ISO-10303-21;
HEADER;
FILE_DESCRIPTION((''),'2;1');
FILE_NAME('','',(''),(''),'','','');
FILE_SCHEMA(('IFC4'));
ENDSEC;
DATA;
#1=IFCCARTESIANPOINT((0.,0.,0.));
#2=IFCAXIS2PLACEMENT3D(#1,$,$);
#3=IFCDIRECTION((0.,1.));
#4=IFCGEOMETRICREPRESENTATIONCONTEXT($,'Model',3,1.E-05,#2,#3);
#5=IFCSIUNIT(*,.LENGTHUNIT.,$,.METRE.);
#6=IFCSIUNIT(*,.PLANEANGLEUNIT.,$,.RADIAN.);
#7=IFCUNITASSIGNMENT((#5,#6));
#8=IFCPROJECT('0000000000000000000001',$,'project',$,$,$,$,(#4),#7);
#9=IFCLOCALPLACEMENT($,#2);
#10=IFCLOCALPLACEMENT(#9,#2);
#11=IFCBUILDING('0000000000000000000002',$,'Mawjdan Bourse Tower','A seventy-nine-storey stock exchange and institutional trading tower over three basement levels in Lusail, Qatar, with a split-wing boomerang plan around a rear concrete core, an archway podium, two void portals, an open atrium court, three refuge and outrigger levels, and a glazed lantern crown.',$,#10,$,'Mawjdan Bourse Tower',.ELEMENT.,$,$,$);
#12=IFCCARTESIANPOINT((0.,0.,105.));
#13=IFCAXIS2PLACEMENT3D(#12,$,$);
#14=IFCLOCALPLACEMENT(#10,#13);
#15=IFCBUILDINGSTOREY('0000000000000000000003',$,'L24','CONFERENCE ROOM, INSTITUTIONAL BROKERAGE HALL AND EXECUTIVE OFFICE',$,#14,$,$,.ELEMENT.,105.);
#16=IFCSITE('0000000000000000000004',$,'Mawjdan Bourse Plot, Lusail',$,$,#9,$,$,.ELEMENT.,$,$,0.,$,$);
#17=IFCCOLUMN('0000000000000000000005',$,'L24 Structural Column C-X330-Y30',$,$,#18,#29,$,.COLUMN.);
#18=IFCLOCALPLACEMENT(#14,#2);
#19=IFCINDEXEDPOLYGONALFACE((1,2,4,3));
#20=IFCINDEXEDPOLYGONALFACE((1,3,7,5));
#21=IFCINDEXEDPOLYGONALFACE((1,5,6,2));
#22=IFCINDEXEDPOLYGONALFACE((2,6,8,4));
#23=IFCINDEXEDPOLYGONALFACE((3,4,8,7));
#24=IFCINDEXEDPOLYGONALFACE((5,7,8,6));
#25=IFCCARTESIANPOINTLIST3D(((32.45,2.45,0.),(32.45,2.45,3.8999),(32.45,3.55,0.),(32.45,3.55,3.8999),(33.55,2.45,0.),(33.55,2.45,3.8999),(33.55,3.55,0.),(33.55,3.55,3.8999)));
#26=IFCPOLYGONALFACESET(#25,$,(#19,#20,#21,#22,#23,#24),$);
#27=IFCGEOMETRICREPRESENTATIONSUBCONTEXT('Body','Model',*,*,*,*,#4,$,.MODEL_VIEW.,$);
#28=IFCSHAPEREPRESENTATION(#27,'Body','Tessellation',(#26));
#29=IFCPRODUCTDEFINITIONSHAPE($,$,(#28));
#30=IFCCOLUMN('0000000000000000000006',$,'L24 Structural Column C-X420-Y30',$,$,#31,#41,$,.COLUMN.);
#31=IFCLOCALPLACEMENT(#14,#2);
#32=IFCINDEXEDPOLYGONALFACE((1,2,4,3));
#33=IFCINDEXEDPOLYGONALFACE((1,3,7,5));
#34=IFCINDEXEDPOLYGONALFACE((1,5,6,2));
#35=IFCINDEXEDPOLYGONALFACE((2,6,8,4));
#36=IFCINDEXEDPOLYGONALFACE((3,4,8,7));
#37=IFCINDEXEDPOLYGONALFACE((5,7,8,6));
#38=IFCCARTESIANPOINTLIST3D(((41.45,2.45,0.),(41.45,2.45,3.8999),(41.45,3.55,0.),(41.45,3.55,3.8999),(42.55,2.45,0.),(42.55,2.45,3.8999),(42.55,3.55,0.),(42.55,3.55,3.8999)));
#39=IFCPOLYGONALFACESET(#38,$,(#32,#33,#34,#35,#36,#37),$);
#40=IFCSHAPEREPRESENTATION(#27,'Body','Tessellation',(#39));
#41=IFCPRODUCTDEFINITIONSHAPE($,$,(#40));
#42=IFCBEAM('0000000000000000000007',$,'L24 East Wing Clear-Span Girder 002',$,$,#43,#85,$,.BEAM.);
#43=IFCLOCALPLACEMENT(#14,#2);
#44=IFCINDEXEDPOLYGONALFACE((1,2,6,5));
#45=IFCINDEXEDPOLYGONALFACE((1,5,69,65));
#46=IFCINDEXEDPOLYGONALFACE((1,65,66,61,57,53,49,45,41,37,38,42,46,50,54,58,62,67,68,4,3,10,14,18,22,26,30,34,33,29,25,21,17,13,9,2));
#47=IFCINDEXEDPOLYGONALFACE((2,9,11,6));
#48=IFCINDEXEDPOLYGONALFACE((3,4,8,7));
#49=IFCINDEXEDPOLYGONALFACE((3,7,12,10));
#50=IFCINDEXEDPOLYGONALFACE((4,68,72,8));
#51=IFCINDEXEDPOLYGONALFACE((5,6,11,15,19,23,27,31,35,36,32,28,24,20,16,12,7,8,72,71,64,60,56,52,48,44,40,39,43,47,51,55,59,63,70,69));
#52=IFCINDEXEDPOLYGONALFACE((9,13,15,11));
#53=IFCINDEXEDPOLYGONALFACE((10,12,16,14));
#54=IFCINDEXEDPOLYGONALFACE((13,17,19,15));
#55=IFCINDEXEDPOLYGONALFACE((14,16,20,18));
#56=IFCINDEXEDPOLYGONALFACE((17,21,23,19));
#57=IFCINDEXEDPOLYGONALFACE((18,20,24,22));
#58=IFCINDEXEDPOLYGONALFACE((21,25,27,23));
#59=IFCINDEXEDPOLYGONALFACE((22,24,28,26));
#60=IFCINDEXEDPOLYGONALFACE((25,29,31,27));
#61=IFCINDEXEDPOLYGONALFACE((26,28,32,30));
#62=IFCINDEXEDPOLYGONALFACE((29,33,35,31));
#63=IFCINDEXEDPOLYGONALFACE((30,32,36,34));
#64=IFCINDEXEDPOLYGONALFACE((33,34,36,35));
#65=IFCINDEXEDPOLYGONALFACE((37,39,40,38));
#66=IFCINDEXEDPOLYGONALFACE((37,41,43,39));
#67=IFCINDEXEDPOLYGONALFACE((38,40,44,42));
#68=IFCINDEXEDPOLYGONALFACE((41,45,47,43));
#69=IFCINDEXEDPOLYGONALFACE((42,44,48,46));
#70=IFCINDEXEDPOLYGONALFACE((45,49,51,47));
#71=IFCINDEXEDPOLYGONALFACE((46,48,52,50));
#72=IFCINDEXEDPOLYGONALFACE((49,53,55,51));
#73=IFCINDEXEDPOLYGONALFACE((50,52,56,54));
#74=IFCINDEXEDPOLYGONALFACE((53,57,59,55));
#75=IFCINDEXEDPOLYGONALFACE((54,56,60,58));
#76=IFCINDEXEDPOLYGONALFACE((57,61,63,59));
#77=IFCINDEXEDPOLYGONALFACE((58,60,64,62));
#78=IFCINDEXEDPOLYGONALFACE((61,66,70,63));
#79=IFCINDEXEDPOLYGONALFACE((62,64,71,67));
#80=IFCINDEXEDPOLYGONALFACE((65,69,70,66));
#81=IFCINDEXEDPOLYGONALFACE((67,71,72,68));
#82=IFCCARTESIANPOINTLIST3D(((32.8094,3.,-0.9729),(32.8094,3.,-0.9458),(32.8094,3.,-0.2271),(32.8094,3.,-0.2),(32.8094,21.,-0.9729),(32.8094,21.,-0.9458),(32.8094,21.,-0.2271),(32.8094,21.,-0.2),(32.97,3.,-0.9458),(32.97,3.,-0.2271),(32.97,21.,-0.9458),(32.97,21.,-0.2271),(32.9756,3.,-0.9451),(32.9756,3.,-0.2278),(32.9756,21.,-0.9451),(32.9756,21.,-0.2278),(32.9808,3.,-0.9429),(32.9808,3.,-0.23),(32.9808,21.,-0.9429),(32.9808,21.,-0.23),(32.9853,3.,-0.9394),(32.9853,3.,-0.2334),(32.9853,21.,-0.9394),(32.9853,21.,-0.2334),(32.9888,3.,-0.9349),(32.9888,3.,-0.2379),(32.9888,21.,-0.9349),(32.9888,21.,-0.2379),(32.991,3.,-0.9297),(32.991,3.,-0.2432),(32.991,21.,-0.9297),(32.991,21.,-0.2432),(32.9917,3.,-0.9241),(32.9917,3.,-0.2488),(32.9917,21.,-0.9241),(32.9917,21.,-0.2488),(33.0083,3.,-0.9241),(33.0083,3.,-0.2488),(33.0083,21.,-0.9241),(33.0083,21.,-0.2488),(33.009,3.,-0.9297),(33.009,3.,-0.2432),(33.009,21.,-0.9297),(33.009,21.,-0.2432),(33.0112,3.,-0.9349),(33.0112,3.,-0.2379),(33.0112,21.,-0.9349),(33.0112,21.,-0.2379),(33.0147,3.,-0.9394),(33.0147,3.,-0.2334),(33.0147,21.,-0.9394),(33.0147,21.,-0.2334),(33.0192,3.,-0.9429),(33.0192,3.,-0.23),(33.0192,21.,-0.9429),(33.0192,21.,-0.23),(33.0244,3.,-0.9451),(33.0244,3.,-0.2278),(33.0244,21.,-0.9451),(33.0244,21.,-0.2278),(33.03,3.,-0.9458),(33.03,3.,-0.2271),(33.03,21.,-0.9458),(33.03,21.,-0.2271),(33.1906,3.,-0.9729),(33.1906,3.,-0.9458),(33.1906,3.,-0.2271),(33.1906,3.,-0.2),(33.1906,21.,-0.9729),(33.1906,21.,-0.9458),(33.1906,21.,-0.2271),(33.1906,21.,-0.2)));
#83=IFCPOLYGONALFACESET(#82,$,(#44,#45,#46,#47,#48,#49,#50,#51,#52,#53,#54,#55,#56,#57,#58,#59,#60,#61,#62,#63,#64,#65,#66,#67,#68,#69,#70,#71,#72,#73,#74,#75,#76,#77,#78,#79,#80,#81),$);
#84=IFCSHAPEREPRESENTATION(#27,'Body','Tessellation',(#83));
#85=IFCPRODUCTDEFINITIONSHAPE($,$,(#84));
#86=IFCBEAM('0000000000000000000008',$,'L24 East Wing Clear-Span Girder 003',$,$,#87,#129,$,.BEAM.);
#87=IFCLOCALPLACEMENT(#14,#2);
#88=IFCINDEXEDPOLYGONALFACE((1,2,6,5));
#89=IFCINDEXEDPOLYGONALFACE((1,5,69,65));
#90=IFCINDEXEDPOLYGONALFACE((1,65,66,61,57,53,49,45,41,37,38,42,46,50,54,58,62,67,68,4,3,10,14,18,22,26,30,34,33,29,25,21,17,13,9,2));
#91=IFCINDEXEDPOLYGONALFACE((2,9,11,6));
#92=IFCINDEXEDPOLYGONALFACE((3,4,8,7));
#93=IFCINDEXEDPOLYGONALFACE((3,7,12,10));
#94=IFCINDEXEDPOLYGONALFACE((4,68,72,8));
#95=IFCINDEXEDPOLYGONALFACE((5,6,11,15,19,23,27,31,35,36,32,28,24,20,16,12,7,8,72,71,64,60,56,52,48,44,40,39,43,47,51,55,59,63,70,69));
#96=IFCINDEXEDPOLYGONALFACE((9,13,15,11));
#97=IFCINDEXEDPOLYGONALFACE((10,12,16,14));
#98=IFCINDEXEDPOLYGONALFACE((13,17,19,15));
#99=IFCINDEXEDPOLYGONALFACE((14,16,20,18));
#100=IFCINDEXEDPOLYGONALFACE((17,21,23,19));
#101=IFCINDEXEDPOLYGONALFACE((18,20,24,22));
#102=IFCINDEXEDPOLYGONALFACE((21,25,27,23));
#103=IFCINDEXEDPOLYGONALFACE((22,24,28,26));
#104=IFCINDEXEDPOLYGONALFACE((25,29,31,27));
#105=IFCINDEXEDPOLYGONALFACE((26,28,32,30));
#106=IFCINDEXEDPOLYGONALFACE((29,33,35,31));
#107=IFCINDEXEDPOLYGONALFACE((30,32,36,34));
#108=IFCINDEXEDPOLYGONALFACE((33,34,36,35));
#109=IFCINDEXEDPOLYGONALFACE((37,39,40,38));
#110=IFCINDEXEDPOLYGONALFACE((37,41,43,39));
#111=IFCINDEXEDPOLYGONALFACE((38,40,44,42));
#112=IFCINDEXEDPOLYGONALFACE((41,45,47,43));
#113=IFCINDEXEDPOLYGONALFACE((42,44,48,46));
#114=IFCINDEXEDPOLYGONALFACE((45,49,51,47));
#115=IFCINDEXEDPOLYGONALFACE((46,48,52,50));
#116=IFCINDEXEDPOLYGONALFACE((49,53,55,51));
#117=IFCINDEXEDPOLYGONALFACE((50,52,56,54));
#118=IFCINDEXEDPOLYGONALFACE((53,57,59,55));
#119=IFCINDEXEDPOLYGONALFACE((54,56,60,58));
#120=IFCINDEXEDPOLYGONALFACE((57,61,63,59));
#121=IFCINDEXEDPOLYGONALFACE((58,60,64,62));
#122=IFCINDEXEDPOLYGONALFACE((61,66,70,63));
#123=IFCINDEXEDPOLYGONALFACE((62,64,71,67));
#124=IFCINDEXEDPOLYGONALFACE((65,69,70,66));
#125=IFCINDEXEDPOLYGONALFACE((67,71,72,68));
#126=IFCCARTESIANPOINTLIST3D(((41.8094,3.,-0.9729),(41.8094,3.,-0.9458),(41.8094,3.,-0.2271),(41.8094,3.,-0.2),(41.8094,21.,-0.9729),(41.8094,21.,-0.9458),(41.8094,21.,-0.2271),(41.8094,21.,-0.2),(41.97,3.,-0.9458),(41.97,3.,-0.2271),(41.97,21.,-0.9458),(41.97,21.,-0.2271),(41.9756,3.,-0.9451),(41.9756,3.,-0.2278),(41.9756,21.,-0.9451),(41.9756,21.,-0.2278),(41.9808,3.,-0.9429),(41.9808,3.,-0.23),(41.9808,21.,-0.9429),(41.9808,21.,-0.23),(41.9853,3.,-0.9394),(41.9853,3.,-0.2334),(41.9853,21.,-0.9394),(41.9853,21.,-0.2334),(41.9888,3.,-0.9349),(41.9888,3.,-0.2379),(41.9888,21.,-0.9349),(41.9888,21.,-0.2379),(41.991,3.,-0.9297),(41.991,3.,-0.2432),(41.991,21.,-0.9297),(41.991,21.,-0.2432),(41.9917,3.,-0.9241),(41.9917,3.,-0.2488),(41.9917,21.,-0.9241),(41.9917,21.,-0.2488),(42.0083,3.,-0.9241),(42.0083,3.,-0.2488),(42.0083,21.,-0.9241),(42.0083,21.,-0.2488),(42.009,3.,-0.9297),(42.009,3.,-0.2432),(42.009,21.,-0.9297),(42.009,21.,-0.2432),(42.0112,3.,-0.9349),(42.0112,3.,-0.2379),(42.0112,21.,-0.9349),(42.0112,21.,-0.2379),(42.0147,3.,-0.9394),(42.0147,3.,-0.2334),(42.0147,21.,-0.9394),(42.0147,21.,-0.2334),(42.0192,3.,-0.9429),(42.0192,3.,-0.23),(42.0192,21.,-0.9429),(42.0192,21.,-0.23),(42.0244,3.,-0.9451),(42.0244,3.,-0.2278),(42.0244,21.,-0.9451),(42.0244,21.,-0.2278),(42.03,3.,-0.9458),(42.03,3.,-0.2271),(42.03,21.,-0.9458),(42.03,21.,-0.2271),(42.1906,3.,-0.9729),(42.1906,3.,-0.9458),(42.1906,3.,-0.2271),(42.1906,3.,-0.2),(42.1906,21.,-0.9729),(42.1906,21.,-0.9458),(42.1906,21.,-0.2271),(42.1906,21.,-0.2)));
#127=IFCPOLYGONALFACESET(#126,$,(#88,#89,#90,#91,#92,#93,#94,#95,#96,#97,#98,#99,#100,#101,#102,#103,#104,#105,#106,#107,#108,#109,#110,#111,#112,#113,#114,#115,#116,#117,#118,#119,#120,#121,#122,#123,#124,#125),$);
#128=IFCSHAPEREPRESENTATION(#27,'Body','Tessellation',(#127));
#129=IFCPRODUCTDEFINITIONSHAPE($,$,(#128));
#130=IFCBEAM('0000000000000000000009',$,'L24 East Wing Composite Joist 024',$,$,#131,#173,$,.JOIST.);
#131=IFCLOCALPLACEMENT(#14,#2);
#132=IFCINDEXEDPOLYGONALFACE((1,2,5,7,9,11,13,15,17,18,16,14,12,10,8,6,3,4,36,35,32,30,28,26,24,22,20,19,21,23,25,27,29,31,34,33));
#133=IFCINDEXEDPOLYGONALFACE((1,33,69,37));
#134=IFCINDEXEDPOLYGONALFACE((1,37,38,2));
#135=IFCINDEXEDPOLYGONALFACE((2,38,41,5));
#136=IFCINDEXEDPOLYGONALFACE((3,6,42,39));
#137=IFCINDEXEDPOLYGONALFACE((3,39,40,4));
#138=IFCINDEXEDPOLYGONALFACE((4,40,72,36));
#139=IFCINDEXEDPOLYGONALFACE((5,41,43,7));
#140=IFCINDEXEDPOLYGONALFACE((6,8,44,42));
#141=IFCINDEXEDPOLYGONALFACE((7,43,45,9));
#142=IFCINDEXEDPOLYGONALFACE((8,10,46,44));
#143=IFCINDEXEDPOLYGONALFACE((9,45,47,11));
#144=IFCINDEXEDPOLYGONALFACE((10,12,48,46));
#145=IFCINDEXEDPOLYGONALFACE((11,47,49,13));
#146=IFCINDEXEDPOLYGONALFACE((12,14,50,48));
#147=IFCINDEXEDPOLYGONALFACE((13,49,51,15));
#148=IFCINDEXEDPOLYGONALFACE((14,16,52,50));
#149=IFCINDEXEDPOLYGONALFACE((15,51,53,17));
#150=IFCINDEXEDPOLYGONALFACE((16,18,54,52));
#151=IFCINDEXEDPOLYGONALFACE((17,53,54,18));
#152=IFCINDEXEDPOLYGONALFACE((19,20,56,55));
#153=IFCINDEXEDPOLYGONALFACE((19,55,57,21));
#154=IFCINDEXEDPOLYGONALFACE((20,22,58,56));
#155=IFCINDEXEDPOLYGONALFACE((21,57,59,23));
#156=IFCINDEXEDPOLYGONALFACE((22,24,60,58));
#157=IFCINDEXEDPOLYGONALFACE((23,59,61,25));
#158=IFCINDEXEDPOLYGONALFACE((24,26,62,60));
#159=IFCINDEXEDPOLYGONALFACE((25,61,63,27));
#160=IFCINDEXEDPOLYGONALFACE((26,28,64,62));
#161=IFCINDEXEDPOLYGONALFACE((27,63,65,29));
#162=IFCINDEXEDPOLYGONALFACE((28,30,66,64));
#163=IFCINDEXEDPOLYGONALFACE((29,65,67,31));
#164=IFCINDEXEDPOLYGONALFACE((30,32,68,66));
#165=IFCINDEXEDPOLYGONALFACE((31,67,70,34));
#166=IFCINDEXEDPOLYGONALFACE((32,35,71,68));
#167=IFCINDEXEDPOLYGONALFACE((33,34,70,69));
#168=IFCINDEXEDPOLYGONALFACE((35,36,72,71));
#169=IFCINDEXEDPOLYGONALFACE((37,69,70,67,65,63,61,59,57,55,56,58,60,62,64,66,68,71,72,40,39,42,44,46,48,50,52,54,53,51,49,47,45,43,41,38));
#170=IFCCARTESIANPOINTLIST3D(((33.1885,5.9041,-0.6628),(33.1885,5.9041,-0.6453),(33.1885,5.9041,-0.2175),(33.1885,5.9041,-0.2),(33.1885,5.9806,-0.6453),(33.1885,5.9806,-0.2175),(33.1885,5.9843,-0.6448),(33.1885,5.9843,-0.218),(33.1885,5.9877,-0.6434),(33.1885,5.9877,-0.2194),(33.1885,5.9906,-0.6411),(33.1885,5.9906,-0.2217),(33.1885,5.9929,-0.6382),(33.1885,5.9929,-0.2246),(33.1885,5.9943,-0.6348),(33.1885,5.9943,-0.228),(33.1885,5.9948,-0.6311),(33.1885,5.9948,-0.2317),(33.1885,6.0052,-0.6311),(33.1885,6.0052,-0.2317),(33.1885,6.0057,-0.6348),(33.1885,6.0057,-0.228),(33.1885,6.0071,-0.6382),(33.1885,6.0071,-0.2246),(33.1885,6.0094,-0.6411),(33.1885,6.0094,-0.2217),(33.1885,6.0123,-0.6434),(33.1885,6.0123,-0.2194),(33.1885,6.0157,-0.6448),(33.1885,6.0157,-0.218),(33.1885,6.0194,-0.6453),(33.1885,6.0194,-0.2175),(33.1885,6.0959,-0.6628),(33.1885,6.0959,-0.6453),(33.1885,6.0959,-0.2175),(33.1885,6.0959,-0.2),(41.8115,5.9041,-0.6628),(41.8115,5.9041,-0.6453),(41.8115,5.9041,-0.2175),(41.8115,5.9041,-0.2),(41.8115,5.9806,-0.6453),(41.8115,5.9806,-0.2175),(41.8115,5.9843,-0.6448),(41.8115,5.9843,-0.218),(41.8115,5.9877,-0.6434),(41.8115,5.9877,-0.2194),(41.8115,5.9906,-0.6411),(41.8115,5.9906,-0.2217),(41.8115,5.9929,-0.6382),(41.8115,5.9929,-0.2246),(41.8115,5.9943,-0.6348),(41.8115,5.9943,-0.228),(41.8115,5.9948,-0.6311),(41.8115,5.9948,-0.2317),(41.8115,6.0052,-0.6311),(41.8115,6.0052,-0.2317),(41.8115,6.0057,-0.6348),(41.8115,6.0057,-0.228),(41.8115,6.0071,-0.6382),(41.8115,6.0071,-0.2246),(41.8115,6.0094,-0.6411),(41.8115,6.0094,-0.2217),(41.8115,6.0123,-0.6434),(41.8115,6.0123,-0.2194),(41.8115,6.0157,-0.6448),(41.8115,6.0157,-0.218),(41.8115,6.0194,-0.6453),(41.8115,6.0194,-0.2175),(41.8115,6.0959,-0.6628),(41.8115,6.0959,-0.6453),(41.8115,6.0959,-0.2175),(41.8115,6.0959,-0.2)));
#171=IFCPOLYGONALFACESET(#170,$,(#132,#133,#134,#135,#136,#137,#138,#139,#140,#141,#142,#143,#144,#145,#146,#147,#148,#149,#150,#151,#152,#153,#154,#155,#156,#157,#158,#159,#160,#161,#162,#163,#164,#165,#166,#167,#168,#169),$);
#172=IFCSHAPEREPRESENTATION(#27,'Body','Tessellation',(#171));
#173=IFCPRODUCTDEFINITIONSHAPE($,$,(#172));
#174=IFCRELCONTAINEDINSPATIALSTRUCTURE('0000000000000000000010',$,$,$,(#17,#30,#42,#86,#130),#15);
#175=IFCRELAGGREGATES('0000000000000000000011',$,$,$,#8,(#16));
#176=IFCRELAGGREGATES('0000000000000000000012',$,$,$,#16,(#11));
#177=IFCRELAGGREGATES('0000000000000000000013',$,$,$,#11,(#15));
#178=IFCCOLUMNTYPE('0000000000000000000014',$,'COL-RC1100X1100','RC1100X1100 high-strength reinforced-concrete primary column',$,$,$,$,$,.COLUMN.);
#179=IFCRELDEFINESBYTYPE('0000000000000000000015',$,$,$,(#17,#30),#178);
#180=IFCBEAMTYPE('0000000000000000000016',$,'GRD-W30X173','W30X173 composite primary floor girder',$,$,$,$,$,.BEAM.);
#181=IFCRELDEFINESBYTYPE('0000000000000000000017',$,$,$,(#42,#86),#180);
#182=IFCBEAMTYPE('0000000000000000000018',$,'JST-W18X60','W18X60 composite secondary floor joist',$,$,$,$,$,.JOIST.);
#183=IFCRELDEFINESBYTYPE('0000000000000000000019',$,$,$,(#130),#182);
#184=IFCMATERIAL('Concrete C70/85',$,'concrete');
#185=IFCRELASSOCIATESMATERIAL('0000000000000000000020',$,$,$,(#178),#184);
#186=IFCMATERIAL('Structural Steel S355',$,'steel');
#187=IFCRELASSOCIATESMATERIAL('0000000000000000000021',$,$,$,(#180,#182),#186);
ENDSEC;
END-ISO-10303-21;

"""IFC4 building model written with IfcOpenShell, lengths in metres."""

from ifc_helpers import new_model, si_unit, direction, frame, origin, origin_2d, place, context, subcontext, project, spatial, rectangle, i_section, extrude, material, material_profile, profile_set, type_object, element, save


model = new_model("IFC4")

# Units and contexts
model_context = context("Model", 3, precision=1e-05, world=origin(), true_north=direction((0.0, 1.0)))
body_context = subcontext(model_context, "Body", "Model", "MODEL_VIEW")
ifc_project = project(units=[si_unit("LENGTHUNIT", "METRE"), si_unit("PLANEANGLEUNIT", "RADIAN")], contexts=[model_context])

# Site, building, storey
site_placement = place(None, origin())
site = spatial("IfcSite", under=ifc_project, at=site_placement, Name="Mawjdan Bourse Plot, Lusail", CompositionType="ELEMENT", RefElevation=0.0)
building_placement = place(site_placement, origin())
building = spatial("IfcBuilding", under=site, at=building_placement, Name="Mawjdan Bourse Tower", Description="A seventy-nine-storey stock exchange and institutional trading tower over three basement levels in Lusail, Qatar, with a split-wing boomerang plan around a rear concrete core, an archway podium, two void portals, an open atrium court, three refuge and outrigger levels, and a glazed lantern crown.", LongName="Mawjdan Bourse Tower", CompositionType="ELEMENT")
storey_placement = place(building_placement, frame((0.0, 0.0, 105.0)))
storey = spatial("IfcBuildingStorey", under=building, at=storey_placement, Name="L24", Description="CONFERENCE ROOM, INSTITUTIONAL BROKERAGE HALL AND EXECUTIVE OFFICE", CompositionType="ELEMENT", Elevation=105.0)

# Columns
ifc_material_1 = material(Name="Concrete C70/85", Category="concrete")
ifc_material_profile_1 = material_profile(ifc_material_1, rectangle(XDim=1.1001, YDim=1.1001, at=origin_2d()), Name="RC1100X1100")
ifc_profile_set_1 = profile_set([ifc_material_profile_1], Name="Concrete C70/85")
column_type = type_object("IfcColumnType", Name="COL-RC1100X1100", Description="RC1100X1100 high-strength reinforced-concrete primary column", PredefinedType="COLUMN", material=ifc_profile_set_1)
for number, where, z_axis, x_axis, name in (
    (1, (33.0, 3.0, 0.0), (0.0, 0.0, 1.0), (1.0, 0.0, 0.0), "L24 Structural Column C-X330-Y30"),
    (2, (42.0, 3.0, 0.0), (0.0, 0.0, 1.0), (1.0, 0.0, 0.0), "L24 Structural Column C-X420-Y30"),
):
    element("IfcColumn", number, at=place(storey_placement, frame(where, z_axis=z_axis, x_axis=x_axis)), inside=storey, type_object=column_type, Name=name, PredefinedType="COLUMN", context=body_context, shape_type="SweptSolid", body=[
        extrude(rectangle(XDim=1.1001, YDim=1.1001, at=origin_2d()), origin(), (0.0, 0.0, 1.0), 3.8999),
    ])

# Beams
ifc_material_2 = material(Name="Structural Steel S355", Category="steel")
ifc_material_profile_2 = material_profile(ifc_material_2, i_section(OverallWidth=0.3811, OverallDepth=0.7729, WebThickness=0.0166, FlangeThickness=0.0271, FilletRadius=0.0217, at=origin_2d()), Name="W30X173")
ifc_profile_set_2 = profile_set([ifc_material_profile_2], Name="Structural Steel S355")
beam_type_1 = type_object("IfcBeamType", Name="GRD-W30X173", Description="W30X173 composite primary floor girder", PredefinedType="BEAM", material=ifc_profile_set_2)
for number, where, z_axis, x_axis, name in (
    (3, (33.0, 3.0, -0.5864), (0.0, 1.0, 0.0), (-1.0, 0.0, 0.0), "L24 East Wing Clear-Span Girder 002"),
    (4, (42.0, 3.0, -0.5864), (0.0, 1.0, 0.0), (-1.0, 0.0, 0.0), "L24 East Wing Clear-Span Girder 003"),
):
    element("IfcBeam", number, at=place(storey_placement, frame(where, z_axis=z_axis, x_axis=x_axis)), inside=storey, type_object=beam_type_1, Name=name, PredefinedType="BEAM", context=body_context, shape_type="SweptSolid", body=[
        extrude(i_section(OverallWidth=0.3811, OverallDepth=0.7729, WebThickness=0.0166, FlangeThickness=0.0271, FilletRadius=0.0217, at=origin_2d()), origin(), (0.0, 0.0, 1.0), 18.0),
    ])
ifc_material_profile_3 = material_profile(ifc_material_2, i_section(OverallWidth=0.1919, OverallDepth=0.4629, WebThickness=0.0105, FlangeThickness=0.0176, FilletRadius=0.0142, at=origin_2d()), Name="W18X60")
ifc_profile_set_3 = profile_set([ifc_material_profile_3], Name="Structural Steel S355")
beam_type_2 = type_object("IfcBeamType", Name="JST-W18X60", Description="W18X60 composite secondary floor joist", PredefinedType="JOIST", material=ifc_profile_set_3)
beam_1_placement = place(storey_placement, frame((33.1885, 6.0, -0.4314), z_axis=(1.0, 0.0, 0.0), x_axis=(0.0, 1.0, 0.0)))
element("IfcBeam", 5, at=beam_1_placement, inside=storey, type_object=beam_type_2, Name="L24 East Wing Composite Joist 024", PredefinedType="JOIST", context=body_context, shape_type="SweptSolid", body=[
    extrude(i_section(OverallWidth=0.1919, OverallDepth=0.4629, WebThickness=0.0105, FlangeThickness=0.0176, FilletRadius=0.0142, at=origin_2d()), origin(), (0.0, 0.0, 1.0), 8.623),
])

save(model, "model.ifc")
